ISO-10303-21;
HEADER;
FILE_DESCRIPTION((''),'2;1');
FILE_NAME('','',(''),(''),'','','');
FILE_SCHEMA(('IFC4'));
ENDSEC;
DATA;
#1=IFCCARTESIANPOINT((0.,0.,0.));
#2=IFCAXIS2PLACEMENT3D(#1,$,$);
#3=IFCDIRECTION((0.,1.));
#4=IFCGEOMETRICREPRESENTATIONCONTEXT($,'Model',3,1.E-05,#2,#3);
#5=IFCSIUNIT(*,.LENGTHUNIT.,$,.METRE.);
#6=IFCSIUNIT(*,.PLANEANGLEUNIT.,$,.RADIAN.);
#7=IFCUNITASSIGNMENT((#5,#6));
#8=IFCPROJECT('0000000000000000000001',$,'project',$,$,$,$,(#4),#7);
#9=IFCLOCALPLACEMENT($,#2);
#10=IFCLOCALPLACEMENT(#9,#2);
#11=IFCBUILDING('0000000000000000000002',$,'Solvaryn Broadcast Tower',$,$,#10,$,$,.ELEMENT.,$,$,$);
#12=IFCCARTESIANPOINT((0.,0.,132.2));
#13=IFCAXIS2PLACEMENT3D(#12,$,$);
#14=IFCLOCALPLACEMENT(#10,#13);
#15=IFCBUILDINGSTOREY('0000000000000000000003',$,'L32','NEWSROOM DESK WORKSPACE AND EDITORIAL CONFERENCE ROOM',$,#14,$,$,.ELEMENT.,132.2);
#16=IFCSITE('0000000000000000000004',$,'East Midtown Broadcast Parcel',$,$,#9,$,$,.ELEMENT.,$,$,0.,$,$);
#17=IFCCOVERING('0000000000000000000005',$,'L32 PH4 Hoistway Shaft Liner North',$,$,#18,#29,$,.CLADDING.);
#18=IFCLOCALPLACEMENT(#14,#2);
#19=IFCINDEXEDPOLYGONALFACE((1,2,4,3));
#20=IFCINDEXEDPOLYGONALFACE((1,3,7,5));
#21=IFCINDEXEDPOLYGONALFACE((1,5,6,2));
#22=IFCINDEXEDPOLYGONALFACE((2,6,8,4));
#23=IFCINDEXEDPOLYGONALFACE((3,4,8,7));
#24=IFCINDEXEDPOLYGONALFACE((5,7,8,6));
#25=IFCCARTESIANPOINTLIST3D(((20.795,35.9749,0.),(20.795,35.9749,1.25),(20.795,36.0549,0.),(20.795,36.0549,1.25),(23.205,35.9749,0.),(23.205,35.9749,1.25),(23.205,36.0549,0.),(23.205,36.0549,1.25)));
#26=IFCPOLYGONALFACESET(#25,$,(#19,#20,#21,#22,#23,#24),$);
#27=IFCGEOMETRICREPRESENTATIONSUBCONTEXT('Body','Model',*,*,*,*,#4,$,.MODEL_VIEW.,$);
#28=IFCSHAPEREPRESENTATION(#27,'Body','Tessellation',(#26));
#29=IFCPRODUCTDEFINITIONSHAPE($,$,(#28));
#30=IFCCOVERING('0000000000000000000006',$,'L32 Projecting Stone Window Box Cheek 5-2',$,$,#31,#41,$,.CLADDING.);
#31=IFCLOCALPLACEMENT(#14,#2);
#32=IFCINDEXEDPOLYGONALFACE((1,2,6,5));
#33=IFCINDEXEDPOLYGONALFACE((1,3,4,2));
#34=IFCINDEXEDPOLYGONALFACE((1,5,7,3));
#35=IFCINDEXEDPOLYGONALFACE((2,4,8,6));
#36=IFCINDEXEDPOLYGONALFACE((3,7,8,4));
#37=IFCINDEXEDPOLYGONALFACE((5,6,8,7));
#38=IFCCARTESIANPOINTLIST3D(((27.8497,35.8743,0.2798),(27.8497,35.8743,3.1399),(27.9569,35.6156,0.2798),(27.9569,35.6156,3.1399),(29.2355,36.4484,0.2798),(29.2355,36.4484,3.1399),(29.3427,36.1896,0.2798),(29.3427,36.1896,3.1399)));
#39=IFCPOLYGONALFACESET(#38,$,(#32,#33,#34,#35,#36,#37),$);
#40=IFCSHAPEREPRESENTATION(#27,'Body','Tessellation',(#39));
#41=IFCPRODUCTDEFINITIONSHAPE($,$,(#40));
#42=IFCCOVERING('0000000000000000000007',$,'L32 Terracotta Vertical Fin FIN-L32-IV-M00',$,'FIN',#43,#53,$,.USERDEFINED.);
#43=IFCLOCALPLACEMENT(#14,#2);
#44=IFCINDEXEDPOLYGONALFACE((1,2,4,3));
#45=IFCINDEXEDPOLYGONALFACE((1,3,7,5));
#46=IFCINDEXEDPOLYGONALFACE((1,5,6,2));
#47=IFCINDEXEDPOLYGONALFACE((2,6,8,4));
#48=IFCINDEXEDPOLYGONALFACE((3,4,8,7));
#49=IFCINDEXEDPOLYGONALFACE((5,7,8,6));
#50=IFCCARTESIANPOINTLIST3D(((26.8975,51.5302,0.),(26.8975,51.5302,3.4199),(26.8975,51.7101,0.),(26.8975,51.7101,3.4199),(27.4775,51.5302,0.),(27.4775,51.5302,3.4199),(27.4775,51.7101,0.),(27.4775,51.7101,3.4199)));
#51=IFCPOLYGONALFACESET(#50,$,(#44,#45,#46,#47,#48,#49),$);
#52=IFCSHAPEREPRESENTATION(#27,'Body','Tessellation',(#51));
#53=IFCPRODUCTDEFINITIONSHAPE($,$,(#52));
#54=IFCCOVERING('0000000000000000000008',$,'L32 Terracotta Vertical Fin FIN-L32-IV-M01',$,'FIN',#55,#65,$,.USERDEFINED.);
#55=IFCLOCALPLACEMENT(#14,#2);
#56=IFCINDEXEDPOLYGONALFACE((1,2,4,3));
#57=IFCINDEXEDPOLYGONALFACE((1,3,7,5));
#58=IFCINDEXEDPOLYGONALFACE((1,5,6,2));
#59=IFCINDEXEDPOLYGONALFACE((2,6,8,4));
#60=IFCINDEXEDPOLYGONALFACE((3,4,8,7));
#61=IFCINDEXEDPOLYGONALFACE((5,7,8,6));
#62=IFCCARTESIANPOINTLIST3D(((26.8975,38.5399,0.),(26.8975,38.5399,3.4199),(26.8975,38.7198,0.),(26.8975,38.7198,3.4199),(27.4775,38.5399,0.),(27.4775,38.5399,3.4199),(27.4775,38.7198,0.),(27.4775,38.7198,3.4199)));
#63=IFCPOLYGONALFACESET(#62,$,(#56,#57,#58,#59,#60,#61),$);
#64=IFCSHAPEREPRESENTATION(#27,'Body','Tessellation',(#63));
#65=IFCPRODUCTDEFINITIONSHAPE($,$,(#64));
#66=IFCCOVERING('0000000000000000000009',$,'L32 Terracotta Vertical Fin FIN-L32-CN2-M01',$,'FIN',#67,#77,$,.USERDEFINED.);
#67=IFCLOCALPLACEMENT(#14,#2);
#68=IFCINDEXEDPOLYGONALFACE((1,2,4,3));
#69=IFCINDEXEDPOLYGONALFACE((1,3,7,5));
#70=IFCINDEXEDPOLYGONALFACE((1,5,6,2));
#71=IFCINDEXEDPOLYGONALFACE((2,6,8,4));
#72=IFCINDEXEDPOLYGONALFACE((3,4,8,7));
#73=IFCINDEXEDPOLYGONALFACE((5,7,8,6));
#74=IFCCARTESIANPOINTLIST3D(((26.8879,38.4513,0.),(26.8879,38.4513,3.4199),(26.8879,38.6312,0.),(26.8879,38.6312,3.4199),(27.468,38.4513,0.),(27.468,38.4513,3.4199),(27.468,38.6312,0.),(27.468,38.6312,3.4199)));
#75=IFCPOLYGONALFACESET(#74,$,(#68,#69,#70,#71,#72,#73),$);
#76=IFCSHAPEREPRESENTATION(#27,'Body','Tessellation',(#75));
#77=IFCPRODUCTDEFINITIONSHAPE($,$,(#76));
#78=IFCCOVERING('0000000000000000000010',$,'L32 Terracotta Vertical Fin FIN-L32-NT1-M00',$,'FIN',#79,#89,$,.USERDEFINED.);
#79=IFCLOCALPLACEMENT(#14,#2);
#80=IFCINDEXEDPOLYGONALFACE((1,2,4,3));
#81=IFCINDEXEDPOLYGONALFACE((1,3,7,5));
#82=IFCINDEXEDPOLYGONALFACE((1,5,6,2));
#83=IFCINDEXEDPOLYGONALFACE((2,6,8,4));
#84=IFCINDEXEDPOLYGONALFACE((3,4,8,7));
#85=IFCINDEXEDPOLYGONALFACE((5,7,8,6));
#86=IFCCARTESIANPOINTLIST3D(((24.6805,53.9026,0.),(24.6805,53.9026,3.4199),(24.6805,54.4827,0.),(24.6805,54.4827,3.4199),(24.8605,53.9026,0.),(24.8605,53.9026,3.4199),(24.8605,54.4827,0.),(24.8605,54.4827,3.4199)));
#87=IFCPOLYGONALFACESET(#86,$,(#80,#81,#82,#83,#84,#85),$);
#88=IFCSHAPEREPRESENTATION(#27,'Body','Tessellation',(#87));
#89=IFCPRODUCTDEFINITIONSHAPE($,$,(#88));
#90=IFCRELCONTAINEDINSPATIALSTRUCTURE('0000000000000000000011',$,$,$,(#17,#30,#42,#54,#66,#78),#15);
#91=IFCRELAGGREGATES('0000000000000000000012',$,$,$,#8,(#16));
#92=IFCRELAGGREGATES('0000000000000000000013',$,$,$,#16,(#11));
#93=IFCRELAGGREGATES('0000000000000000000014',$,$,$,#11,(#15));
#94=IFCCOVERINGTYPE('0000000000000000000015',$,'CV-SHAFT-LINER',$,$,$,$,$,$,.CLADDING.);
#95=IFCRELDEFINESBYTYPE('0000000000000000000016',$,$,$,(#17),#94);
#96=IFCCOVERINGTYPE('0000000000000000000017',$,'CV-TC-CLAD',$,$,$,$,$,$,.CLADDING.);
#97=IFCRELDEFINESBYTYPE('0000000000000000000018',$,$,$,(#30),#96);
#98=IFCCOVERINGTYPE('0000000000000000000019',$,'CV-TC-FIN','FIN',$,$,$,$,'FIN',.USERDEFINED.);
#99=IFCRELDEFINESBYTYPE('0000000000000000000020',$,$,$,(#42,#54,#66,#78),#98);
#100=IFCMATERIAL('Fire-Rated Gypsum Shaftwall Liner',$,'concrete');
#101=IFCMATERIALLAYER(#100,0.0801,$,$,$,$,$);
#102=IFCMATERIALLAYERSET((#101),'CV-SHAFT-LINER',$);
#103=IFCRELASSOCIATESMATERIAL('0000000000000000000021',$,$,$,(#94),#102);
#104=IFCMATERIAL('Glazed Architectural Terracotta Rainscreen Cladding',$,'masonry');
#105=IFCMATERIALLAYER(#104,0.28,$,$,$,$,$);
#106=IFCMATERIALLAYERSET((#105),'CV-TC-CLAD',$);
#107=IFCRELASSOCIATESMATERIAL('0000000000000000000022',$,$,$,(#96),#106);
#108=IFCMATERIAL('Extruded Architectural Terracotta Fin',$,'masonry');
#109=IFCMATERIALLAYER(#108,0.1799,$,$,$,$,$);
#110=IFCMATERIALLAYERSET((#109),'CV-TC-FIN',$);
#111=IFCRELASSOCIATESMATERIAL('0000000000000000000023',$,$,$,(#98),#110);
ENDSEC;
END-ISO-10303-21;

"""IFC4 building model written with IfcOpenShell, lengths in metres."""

from ifc_helpers import new_model, si_unit, direction, frame, origin, origin_2d, place, context, subcontext, project, spatial, rectangle, extrude, material, layer, layer_set, type_object, element, save


model = new_model("IFC4")

# Units and contexts
model_context = context("Model", 3, precision=1e-05, world=origin(), true_north=direction((0.0, 1.0)))
body_context = subcontext(model_context, "Body", "Model", "MODEL_VIEW")
ifc_project = project(units=[si_unit("LENGTHUNIT", "METRE"), si_unit("PLANEANGLEUNIT", "RADIAN")], contexts=[model_context])

# Site, building, storey
site_placement = place(None, origin())
site = spatial("IfcSite", under=ifc_project, at=site_placement, Name="East Midtown Broadcast Parcel", CompositionType="ELEMENT", RefElevation=0.0)
building_placement = place(site_placement, origin())
building = spatial("IfcBuilding", under=site, at=building_placement, Name="Solvaryn Broadcast Tower", CompositionType="ELEMENT")
storey_placement = place(building_placement, frame((0.0, 0.0, 132.2)))
storey = spatial("IfcBuildingStorey", under=building, at=storey_placement, Name="L32", Description="NEWSROOM DESK WORKSPACE AND EDITORIAL CONFERENCE ROOM", CompositionType="ELEMENT", Elevation=132.2)

# Coverings
ifc_material_1 = material(Name="Fire-Rated Gypsum Shaftwall Liner", Category="concrete")
ifc_layer_1 = layer(ifc_material_1, 0.0801)
ifc_layer_set_1 = layer_set([ifc_layer_1], Name="CV-SHAFT-LINER")
covering_type_1 = type_object("IfcCoveringType", Name="CV-SHAFT-LINER", PredefinedType="CLADDING", material=ifc_layer_set_1)
covering_1_placement = place(storey_placement, frame((22.0, 36.0149, 0.0), z_axis=(0.0, 0.0, 1.0), x_axis=(1.0, 0.0, 0.0)))
element("IfcCovering", 1, at=covering_1_placement, inside=storey, type_object=covering_type_1, Name="L32 PH4 Hoistway Shaft Liner North", PredefinedType="CLADDING", context=body_context, shape_type="SweptSolid", body=[
    extrude(rectangle(XDim=2.4099, YDim=0.0801, at=origin_2d()), origin(), (0.0, 0.0, 1.0), 1.25),
])
ifc_material_2 = material(Name="Glazed Architectural Terracotta Rainscreen Cladding", Category="masonry")
ifc_layer_2 = layer(ifc_material_2, 0.28)
ifc_layer_set_2 = layer_set([ifc_layer_2], Name="CV-TC-CLAD")
covering_type_2 = type_object("IfcCoveringType", Name="CV-TC-CLAD", PredefinedType="CLADDING", material=ifc_layer_set_2)
covering_2_placement = place(storey_placement, frame((28.5962, 36.032, 0.2798), z_axis=(0.0, 0.0, 1.0), x_axis=(-0.382683, 0.92388, 0.0)))
element("IfcCovering", 2, at=covering_2_placement, inside=storey, type_object=covering_type_2, Name="L32 Projecting Stone Window Box Cheek 5-2", PredefinedType="CLADDING", context=body_context, shape_type="SweptSolid", body=[
    extrude(rectangle(XDim=0.28, YDim=1.5, at=origin_2d()), origin(), (0.0, 0.0, 1.0), 2.8601),
])
ifc_material_3 = material(Name="Extruded Architectural Terracotta Fin", Category="masonry")
ifc_layer_3 = layer(ifc_material_3, 0.1799)
ifc_layer_set_3 = layer_set([ifc_layer_3], Name="CV-TC-FIN")
covering_type_3 = type_object("IfcCoveringType", Name="CV-TC-FIN", Description="FIN", ElementType="FIN", PredefinedType="USERDEFINED", material=ifc_layer_set_3)
for number, where, z_axis, x_axis, name in (
    (3, (27.1875, 51.6201, 0.0), (0.0, 0.0, 1.0), (1.0, 0.0, 0.0), "L32 Terracotta Vertical Fin FIN-L32-IV-M00"),
    (4, (27.1875, 38.6299, 0.0), (0.0, 0.0, 1.0), (1.0, 0.0, 0.0), "L32 Terracotta Vertical Fin FIN-L32-IV-M01"),
    (5, (27.178, 38.5413, 0.0), (0.0, 0.0, 1.0), (1.0, 0.0, 0.0), "L32 Terracotta Vertical Fin FIN-L32-CN2-M01"),
):
    element("IfcCovering", number, at=place(storey_placement, frame(where, z_axis=z_axis, x_axis=x_axis)), inside=storey, type_object=covering_type_3, Name=name, ObjectType="FIN", PredefinedType="USERDEFINED", context=body_context, shape_type="SweptSolid", body=[
        extrude(rectangle(XDim=0.5801, YDim=0.1799, at=origin_2d()), origin(), (0.0, 0.0, 1.0), 3.4199),
    ])
covering_3_placement = place(storey_placement, frame((24.7705, 54.1926, 0.0), z_axis=(0.0, 0.0, 1.0), x_axis=(1.0, 0.0, 0.0)))
element("IfcCovering", 6, at=covering_3_placement, inside=storey, type_object=covering_type_3, Name="L32 Terracotta Vertical Fin FIN-L32-NT1-M00", ObjectType="FIN", PredefinedType="USERDEFINED", context=body_context, shape_type="SweptSolid", body=[
    extrude(rectangle(XDim=0.1799, YDim=0.5801, at=origin_2d()), origin(), (0.0, 0.0, 1.0), 3.4199),
])

save(model, "model.ifc")
